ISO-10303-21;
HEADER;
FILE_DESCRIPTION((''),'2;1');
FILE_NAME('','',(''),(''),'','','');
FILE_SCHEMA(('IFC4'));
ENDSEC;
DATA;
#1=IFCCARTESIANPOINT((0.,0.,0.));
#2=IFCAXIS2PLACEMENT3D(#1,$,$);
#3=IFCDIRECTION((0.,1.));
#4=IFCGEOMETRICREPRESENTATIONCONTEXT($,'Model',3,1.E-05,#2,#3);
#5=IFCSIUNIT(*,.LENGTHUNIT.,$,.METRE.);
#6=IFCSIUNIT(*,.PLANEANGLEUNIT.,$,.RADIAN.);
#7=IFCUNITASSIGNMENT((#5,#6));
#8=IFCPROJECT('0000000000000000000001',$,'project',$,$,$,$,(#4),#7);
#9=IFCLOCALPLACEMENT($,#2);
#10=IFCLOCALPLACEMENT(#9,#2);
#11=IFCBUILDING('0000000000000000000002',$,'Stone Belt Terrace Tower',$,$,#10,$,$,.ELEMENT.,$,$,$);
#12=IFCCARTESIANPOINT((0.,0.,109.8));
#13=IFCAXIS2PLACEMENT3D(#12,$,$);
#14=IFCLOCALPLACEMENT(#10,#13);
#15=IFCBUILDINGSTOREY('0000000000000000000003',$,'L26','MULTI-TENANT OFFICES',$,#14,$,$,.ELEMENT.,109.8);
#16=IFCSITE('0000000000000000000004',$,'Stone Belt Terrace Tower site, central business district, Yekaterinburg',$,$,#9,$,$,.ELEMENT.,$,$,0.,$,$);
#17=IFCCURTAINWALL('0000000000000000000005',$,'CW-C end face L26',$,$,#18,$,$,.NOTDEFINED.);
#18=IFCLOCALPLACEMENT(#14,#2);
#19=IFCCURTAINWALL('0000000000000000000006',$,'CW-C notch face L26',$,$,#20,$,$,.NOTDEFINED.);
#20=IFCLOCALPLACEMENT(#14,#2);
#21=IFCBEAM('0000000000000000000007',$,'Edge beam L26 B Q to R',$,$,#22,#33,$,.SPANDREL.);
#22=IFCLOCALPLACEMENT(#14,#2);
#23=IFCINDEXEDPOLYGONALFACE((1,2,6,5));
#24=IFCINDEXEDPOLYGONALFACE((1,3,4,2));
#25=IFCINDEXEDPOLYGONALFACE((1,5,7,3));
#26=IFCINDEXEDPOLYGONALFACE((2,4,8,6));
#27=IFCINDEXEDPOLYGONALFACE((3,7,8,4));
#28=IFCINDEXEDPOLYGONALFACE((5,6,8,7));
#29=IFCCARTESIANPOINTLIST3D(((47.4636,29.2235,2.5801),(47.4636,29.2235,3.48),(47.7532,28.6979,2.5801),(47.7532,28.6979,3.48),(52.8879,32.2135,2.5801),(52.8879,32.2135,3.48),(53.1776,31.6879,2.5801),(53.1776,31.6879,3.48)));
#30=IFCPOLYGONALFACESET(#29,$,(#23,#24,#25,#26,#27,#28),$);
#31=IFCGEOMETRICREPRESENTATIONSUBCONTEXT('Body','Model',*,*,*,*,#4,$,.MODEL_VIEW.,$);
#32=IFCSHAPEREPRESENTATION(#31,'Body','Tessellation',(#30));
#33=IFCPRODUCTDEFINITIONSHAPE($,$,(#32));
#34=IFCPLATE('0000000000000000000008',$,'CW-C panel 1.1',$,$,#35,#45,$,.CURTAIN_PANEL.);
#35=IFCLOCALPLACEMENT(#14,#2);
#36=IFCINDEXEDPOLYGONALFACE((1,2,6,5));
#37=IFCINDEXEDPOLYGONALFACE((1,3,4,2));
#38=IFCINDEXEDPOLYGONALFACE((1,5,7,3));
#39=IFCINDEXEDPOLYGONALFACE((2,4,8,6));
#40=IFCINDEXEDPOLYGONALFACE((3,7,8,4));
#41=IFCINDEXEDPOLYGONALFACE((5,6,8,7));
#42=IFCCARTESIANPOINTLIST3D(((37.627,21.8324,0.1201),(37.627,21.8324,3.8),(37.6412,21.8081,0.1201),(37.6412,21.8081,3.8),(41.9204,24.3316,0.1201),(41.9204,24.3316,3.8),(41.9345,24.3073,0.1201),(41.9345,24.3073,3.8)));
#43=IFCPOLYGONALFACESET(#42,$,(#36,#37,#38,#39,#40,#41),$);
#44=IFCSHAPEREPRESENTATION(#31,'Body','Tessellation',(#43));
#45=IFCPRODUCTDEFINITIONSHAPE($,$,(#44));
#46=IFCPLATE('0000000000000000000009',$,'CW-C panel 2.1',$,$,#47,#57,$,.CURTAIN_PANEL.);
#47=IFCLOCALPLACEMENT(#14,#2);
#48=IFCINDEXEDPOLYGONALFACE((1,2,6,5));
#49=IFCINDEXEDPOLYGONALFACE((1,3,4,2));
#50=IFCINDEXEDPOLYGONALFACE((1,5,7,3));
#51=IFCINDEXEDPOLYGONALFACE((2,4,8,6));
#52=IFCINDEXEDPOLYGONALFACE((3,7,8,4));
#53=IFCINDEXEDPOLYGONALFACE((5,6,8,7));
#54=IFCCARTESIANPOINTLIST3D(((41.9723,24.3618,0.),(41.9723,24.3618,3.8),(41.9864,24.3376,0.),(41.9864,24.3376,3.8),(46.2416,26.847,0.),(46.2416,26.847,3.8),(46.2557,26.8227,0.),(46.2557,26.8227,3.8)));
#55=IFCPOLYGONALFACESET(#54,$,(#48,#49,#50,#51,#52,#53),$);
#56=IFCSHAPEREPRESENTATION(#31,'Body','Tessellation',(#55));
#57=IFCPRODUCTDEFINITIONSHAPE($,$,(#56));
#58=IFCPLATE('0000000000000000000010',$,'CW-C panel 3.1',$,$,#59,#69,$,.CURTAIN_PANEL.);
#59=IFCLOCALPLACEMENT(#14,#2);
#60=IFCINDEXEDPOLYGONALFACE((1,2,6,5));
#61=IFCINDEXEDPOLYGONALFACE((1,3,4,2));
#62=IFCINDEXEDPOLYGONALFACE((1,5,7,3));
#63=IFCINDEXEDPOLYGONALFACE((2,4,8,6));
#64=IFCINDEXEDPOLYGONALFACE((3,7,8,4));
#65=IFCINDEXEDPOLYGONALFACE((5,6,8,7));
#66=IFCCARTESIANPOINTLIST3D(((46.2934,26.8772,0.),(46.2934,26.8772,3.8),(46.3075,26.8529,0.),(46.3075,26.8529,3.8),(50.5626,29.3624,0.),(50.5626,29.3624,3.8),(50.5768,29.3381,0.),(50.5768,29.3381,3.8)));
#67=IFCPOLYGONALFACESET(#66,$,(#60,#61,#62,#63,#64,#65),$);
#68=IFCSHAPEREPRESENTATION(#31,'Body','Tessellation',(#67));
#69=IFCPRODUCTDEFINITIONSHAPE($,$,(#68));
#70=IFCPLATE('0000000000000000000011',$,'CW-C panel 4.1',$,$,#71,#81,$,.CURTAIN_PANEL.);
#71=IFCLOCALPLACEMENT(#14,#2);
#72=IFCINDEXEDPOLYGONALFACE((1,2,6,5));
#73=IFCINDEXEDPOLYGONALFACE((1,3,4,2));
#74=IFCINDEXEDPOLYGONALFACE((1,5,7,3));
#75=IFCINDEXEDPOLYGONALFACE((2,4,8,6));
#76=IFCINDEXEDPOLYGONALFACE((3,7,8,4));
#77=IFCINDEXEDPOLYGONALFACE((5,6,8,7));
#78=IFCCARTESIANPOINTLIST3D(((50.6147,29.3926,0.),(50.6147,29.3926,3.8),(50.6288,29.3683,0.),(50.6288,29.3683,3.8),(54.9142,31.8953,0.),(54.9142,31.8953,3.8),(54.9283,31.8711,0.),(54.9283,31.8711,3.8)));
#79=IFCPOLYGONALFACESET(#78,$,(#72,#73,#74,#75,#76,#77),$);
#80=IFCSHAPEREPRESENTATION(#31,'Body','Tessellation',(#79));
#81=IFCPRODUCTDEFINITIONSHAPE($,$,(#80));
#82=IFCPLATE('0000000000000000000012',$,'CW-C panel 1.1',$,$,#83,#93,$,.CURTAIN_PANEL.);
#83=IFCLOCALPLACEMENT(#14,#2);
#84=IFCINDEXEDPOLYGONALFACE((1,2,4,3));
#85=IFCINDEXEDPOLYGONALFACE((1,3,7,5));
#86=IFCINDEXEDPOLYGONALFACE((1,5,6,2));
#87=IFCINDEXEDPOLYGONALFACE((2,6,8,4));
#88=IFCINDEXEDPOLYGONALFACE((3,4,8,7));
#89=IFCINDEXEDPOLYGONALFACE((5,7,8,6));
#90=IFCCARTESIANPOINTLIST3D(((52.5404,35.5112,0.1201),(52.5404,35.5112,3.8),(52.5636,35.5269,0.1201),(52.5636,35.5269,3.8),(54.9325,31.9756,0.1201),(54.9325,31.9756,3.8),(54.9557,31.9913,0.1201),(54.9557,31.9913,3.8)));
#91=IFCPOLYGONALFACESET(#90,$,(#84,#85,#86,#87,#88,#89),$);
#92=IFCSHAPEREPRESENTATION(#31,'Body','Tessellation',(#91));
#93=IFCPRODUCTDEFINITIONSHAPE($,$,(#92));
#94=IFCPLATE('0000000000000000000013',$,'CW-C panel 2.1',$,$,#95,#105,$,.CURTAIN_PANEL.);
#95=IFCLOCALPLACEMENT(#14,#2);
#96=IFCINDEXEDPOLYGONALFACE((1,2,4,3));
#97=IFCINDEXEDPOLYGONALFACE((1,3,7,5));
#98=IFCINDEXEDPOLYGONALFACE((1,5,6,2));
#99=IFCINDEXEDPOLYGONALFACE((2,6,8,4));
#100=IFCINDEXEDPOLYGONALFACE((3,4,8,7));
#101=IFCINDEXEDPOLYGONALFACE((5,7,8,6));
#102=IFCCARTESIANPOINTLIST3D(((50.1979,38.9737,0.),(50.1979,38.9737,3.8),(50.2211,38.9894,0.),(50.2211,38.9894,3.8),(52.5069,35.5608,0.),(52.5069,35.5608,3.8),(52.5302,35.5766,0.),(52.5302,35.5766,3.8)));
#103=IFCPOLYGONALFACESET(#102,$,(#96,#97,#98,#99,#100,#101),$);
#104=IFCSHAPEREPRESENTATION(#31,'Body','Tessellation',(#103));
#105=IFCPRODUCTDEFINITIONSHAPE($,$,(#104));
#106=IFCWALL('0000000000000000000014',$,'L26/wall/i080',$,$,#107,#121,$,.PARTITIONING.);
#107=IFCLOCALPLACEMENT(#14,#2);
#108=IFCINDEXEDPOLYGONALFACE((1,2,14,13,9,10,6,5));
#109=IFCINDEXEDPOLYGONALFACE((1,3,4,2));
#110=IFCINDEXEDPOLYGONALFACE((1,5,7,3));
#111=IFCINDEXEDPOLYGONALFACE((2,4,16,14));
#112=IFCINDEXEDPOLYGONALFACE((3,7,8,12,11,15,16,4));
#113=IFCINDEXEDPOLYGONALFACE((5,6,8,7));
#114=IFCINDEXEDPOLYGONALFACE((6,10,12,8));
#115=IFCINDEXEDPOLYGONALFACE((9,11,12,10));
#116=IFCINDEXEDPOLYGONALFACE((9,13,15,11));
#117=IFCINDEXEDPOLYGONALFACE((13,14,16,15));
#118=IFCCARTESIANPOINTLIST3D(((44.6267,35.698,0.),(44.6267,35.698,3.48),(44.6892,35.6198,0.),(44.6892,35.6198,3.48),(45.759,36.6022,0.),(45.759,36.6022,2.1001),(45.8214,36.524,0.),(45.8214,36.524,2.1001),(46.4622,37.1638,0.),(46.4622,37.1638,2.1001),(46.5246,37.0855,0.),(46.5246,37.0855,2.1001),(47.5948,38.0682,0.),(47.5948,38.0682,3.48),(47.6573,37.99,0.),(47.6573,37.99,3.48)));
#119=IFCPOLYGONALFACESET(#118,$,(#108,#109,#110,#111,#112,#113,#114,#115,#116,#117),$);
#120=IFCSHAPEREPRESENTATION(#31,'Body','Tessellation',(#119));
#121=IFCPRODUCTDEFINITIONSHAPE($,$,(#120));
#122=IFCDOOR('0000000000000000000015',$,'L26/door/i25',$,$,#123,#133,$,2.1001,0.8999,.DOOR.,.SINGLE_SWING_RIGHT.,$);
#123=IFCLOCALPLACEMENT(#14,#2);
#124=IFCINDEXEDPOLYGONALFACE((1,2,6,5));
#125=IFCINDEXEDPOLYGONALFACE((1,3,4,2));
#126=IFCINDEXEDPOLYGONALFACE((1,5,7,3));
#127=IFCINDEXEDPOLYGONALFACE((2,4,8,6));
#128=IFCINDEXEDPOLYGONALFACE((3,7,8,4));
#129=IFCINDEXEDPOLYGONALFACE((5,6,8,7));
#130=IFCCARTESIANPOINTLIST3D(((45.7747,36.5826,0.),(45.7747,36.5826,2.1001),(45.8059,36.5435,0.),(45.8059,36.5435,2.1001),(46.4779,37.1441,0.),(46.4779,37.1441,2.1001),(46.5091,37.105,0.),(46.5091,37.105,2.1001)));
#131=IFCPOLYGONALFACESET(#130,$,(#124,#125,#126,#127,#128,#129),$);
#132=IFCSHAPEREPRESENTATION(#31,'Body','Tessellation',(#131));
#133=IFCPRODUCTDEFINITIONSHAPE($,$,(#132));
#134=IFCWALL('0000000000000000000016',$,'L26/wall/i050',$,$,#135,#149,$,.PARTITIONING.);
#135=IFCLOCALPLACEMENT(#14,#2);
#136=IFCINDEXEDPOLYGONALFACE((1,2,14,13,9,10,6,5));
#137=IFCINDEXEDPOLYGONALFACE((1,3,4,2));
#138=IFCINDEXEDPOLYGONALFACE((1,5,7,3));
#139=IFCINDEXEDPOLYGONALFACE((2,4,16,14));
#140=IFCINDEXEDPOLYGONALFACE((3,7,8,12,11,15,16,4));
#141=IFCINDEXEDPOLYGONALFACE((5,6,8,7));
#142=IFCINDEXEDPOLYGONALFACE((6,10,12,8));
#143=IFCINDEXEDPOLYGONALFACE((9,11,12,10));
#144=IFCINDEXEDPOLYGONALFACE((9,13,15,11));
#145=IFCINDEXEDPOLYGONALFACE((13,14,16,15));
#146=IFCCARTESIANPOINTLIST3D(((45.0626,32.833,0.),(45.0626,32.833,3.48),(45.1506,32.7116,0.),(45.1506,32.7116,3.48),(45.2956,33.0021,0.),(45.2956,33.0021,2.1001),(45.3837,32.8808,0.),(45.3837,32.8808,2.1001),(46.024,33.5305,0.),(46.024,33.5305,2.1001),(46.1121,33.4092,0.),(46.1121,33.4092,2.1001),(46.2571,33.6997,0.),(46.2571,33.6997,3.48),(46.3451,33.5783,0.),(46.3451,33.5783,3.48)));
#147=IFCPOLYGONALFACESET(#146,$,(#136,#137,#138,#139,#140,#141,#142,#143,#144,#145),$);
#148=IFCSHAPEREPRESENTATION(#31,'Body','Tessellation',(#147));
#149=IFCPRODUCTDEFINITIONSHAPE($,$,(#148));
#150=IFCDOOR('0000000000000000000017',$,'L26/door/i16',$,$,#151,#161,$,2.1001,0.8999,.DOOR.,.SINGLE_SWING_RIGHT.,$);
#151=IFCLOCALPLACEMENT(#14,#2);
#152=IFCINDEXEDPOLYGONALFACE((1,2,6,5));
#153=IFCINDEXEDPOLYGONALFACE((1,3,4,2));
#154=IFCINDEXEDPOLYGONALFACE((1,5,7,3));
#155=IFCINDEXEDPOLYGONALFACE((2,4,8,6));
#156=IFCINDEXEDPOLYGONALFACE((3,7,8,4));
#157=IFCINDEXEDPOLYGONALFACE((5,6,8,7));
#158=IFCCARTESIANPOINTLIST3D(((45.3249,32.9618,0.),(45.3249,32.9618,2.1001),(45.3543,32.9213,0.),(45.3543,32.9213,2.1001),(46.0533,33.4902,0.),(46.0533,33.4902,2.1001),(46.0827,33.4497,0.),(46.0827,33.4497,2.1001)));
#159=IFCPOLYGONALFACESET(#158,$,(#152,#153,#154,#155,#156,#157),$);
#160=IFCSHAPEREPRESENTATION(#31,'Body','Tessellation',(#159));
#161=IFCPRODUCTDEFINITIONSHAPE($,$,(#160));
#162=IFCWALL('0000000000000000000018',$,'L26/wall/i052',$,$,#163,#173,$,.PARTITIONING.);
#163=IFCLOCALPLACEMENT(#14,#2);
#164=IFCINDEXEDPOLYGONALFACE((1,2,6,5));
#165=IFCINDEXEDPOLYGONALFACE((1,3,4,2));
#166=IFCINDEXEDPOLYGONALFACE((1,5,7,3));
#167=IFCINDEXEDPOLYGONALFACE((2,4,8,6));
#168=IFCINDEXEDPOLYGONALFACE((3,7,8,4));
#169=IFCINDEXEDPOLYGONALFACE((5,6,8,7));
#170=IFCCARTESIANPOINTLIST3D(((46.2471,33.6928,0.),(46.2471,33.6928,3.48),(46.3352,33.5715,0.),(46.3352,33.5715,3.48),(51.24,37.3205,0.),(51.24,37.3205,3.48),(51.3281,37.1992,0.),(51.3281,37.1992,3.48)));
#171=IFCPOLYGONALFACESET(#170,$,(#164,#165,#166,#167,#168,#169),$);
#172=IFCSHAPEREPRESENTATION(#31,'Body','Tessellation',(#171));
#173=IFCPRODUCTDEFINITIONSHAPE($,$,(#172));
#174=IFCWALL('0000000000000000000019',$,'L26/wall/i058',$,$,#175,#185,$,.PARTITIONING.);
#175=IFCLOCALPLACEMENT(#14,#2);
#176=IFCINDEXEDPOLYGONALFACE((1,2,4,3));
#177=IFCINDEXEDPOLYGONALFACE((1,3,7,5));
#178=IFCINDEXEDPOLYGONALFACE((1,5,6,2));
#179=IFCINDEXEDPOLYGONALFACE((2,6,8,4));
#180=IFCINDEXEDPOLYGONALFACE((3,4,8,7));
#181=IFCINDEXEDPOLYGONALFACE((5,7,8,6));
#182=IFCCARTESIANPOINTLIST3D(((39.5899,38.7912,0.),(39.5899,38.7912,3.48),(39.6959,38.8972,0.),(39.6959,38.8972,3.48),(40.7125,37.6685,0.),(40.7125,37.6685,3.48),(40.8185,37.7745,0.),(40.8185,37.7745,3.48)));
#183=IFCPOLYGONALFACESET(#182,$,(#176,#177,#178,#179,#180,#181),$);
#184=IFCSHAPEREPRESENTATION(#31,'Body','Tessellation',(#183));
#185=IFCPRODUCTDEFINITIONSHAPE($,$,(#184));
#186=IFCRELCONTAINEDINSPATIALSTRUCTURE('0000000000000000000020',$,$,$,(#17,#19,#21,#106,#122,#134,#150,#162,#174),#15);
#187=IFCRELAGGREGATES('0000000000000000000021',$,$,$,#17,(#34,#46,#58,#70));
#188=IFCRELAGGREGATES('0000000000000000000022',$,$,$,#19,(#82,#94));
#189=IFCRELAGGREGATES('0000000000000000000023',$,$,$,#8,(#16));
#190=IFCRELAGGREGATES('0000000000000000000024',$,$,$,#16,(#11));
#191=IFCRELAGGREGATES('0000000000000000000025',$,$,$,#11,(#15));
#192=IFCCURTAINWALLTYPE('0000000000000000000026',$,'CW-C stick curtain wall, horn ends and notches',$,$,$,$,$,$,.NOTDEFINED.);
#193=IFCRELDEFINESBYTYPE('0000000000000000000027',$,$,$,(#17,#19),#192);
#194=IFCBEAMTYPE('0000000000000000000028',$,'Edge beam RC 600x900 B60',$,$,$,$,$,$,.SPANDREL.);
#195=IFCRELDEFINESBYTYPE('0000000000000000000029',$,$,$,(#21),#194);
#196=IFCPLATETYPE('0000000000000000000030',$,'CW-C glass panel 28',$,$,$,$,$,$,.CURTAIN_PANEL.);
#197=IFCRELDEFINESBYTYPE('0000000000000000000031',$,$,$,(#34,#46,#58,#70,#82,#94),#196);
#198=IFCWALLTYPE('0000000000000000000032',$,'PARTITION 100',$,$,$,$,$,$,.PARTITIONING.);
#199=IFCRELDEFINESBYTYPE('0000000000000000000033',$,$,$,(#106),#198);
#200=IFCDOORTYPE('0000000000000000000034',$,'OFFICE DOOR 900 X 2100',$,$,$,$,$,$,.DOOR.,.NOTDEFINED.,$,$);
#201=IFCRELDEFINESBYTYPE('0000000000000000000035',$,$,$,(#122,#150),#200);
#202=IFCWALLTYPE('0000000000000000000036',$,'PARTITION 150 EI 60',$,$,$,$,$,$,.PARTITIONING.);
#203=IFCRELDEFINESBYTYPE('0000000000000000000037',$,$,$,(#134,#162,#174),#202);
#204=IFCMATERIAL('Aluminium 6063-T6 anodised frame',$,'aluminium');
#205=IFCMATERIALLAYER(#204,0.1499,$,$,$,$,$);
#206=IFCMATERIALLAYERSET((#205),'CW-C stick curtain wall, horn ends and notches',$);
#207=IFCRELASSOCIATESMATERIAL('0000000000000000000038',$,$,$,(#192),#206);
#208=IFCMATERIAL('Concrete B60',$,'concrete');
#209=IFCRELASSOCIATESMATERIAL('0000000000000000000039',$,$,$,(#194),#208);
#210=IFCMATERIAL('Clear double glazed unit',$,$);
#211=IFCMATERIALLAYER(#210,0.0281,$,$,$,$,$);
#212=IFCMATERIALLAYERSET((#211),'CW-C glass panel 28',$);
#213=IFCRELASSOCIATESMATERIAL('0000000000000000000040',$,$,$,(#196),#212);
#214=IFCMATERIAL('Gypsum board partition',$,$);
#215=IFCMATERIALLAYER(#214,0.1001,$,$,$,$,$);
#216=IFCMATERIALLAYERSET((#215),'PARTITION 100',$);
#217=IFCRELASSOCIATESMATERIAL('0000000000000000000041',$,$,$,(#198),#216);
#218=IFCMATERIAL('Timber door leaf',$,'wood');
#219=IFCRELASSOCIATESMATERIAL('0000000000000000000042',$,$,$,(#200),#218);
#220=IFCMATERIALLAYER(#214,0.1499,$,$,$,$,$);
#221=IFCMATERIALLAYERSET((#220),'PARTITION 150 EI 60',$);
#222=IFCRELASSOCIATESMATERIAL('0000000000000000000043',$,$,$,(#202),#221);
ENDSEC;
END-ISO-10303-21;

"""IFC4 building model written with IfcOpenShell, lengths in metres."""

from ifc_helpers import new_model, si_unit, direction, frame, frame_2d, origin, origin_2d, place, context, subcontext, project, spatial, rectangle, extrude, material, layer, layer_set, material_profile, profile_set, type_object, element, fill, aggregate, save


model = new_model("IFC4")

# Units and contexts
model_context = context("Model", 3, precision=1e-05, world=origin(), true_north=direction((0.0, 1.0)))
body_context = subcontext(model_context, "Body", "Model", "MODEL_VIEW")
ifc_project = project(units=[si_unit("LENGTHUNIT", "METRE"), si_unit("PLANEANGLEUNIT", "RADIAN")], contexts=[model_context])

# Site, building, storey
site_placement = place(None, origin())
site = spatial("IfcSite", under=ifc_project, at=site_placement, Name="Stone Belt Terrace Tower site, central business district, Yekaterinburg", CompositionType="ELEMENT", RefElevation=0.0)
building_placement = place(site_placement, origin())
building = spatial("IfcBuilding", under=site, at=building_placement, Name="Stone Belt Terrace Tower", CompositionType="ELEMENT")
storey_placement = place(building_placement, frame((0.0, 0.0, 109.8)))
storey = spatial("IfcBuildingStorey", under=building, at=storey_placement, Name="L26", Description="MULTI-TENANT OFFICES", CompositionType="ELEMENT", Elevation=109.8)

# Curtain walls
ifc_material_1 = material(Name="Aluminium 6063-T6 anodised frame", Category="aluminium")
ifc_layer_1 = layer(ifc_material_1, 0.1499)
ifc_layer_set_1 = layer_set([ifc_layer_1], Name="CW-C stick curtain wall, horn ends and notches")
curtain_wall_type = type_object("IfcCurtainWallType", Name="CW-C stick curtain wall, horn ends and notches", PredefinedType="NOTDEFINED", material=ifc_layer_set_1)
curtain_wall_1_placement = place(storey_placement, origin())
curtain_wall_1 = element("IfcCurtainWall", 1, at=curtain_wall_1_placement, inside=storey, type_object=curtain_wall_type, Name="CW-C end face L26", PredefinedType="NOTDEFINED")
curtain_wall_2_placement = place(storey_placement, origin())
curtain_wall_2 = element("IfcCurtainWall", 2, at=curtain_wall_2_placement, inside=storey, type_object=curtain_wall_type, Name="CW-C notch face L26", PredefinedType="NOTDEFINED")

# Beam
ifc_material_2 = material(Name="Concrete B60", Category="concrete")
ifc_material_profile_1 = material_profile(ifc_material_2, rectangle(XDim=0.6001, YDim=0.8999, at=origin_2d()), Name="RC 600x900")
ifc_profile_set_1 = profile_set([ifc_material_profile_1], Name="Concrete B60")
beam_type = type_object("IfcBeamType", Name="Edge beam RC 600x900 B60", PredefinedType="SPANDREL", material=ifc_profile_set_1)
beam_1_placement = place(storey_placement, frame((47.6084, 28.9607, 3.03), z_axis=(0.875764, 0.482739, 0.0), x_axis=(-0.482739, 0.875764, 0.0)))
element("IfcBeam", 3, at=beam_1_placement, inside=storey, type_object=beam_type, Name="Edge beam L26 B Q to R", PredefinedType="SPANDREL", context=body_context, shape_type="SweptSolid", body=[
    extrude(rectangle(XDim=0.6001, YDim=0.8999, at=origin_2d()), origin(), (0.0, 0.0, 1.0), 6.1938),
])

# Plates
ifc_material_3 = material(Name="Clear double glazed unit")
ifc_layer_2 = layer(ifc_material_3, 0.0281)
ifc_layer_set_2 = layer_set([ifc_layer_2], Name="CW-C glass panel 28")
plate_type = type_object("IfcPlateType", Name="CW-C glass panel 28", PredefinedType="CURTAIN_PANEL", material=ifc_layer_set_2)
plate_1_placement = place(storey_placement, frame((39.7808, 23.0698, 0.1201), z_axis=(0.0, 0.0, 1.0), x_axis=(0.864239, 0.503081, 0.0)))
plate_1 = element("IfcPlate", 4, at=plate_1_placement, type_object=plate_type, Name="CW-C panel 1.1", PredefinedType="CURTAIN_PANEL", context=body_context, shape_type="SweptSolid", body=[
    extrude(rectangle(XDim=4.9678, YDim=0.0281, at=origin_2d()), origin(), (0.0, 0.0, 1.0), 3.6799),
])
plate_2_placement = place(storey_placement, frame((44.114, 25.5923, 0.0), z_axis=(0.0, 0.0, 1.0), x_axis=(0.864239, 0.503081, 0.0)))
plate_2 = element("IfcPlate", 5, at=plate_2_placement, type_object=plate_type, Name="CW-C panel 2.1", PredefinedType="CURTAIN_PANEL", context=body_context, shape_type="SweptSolid", body=[
    extrude(rectangle(XDim=4.9399, YDim=0.0281, at=origin_2d()), origin(), (0.0, 0.0, 1.0), 3.8),
])
plate_3_placement = place(storey_placement, frame((48.4351, 28.1077, 0.0), z_axis=(0.0, 0.0, 1.0), x_axis=(0.864239, 0.503081, 0.0)))
plate_3 = element("IfcPlate", 6, at=plate_3_placement, type_object=plate_type, Name="CW-C panel 3.1", PredefinedType="CURTAIN_PANEL", context=body_context, shape_type="SweptSolid", body=[
    extrude(rectangle(XDim=4.9399, YDim=0.0281, at=origin_2d()), origin(), (0.0, 0.0, 1.0), 3.8),
])
plate_4_placement = place(storey_placement, frame((52.7715, 30.6318, 0.0), z_axis=(0.0, 0.0, 1.0), x_axis=(0.864239, 0.503081, 0.0)))
plate_4 = element("IfcPlate", 7, at=plate_4_placement, type_object=plate_type, Name="CW-C panel 4.1", PredefinedType="CURTAIN_PANEL", context=body_context, shape_type="SweptSolid", body=[
    extrude(rectangle(XDim=4.9749, YDim=0.0281, at=origin_2d()), origin(), (0.0, 0.0, 1.0), 3.8),
])
aggregate(curtain_wall_1, [plate_1, plate_2, plate_3, plate_4])
plate_5_placement = place(storey_placement, frame((53.748, 33.7512, 0.1201), z_axis=(0.0, 0.0, 1.0), x_axis=(-0.560367, 0.828244, 0.0)))
plate_5 = element("IfcPlate", 8, at=plate_5_placement, type_object=plate_type, Name="CW-C panel 1.1", PredefinedType="CURTAIN_PANEL", context=body_context, shape_type="SweptSolid", body=[
    extrude(rectangle(XDim=4.2688, YDim=0.0281, at=origin_2d()), origin(), (0.0, 0.0, 1.0), 3.6799),
])
plate_6_placement = place(storey_placement, frame((51.364, 37.2751, 0.0), z_axis=(0.0, 0.0, 1.0), x_axis=(-0.560367, 0.828244, 0.0)))
plate_6 = element("IfcPlate", 9, at=plate_6_placement, type_object=plate_type, Name="CW-C panel 2.1", PredefinedType="CURTAIN_PANEL", context=body_context, shape_type="SweptSolid", body=[
    extrude(rectangle(XDim=4.1206, YDim=0.0281, at=origin_2d()), origin(), (0.0, 0.0, 1.0), 3.8),
])
aggregate(curtain_wall_2, [plate_5, plate_6])

# Walls, openings, doors
ifc_material_4 = material(Name="Gypsum board partition")
ifc_layer_3 = layer(ifc_material_4, 0.1001)
ifc_layer_set_3 = layer_set([ifc_layer_3], Name="PARTITION 100")
wall_type_1 = type_object("IfcWallType", Name="PARTITION 100", PredefinedType="PARTITIONING", material=ifc_layer_set_3)
wall_1_placement = place(storey_placement, frame((44.658, 35.6589, 0.0), z_axis=(0.0, 0.0, 1.0), x_axis=(0.78142, 0.624005, 0.0)))
wall_1 = element("IfcWall", 10, at=wall_1_placement, inside=storey, type_object=wall_type_1, Name="L26/wall/i080", PredefinedType="PARTITIONING", context=body_context, shape_type="SweptSolid", body=[
    extrude(rectangle(XDim=3.7983, YDim=0.1001, at=frame_2d((1.8992, 0.0))), origin(), (0.0, 0.0, 1.0), 3.48),
])
opening_1_placement = place(wall_1_placement, frame((1.449, 0.0, 0.0)))
opening_1 = element("IfcOpeningElement", 11, at=opening_1_placement, cuts=wall_1, PredefinedType="OPENING", context=body_context, shape_type="SweptSolid", body=[
    extrude(rectangle(XDim=0.8999, YDim=2.1001, at=frame_2d((0.45, 1.05))), frame((0.0, 0.0601, 0.0), z_axis=(0.0, -1.0, 0.0), x_axis=(1.0, 0.0, 0.0)), (0.0, 0.0, 1.0), 0.1201),
])
ifc_material_5 = material(Name="Timber door leaf", Category="wood")
door_type_1 = type_object("IfcDoorType", Name="OFFICE DOOR 900 X 2100", OperationType="NOTDEFINED", PredefinedType="DOOR", material=ifc_material_5)
door_1_placement = place(opening_1_placement, origin())
door_1 = element("IfcDoor", 12, at=door_1_placement, inside=storey, type_object=door_type_1, Name="L26/door/i25", OperationType="SINGLE_SWING_RIGHT", OverallHeight=2.1001, OverallWidth=0.8999, PredefinedType="DOOR", context=body_context, shape_type="SweptSolid", body=[
    extrude(rectangle(XDim=0.8999, YDim=2.1001, at=frame_2d((0.45, 1.05))), frame((0.0, 0.0249, 0.0), z_axis=(0.0, -1.0, 0.0), x_axis=(1.0, 0.0, 0.0)), (0.0, 0.0, 1.0), 0.05),
])
fill(opening_1, door_1)
ifc_layer_4 = layer(ifc_material_4, 0.1499)
ifc_layer_set_4 = layer_set([ifc_layer_4], Name="PARTITION 150 EI 60")
wall_type_2 = type_object("IfcWallType", Name="PARTITION 150 EI 60", PredefinedType="PARTITIONING", material=ifc_layer_set_4)
wall_2_placement = place(storey_placement, frame((46.301, 33.6389, 0.0), z_axis=(0.0, 0.0, 1.0), x_axis=(-0.809408, -0.587247, 0.0)))
wall_2 = element("IfcWall", 13, at=wall_2_placement, inside=storey, type_object=wall_type_2, Name="L26/wall/i050", PredefinedType="PARTITIONING", context=body_context, shape_type="SweptSolid", body=[
    extrude(rectangle(XDim=1.4758, YDim=0.1499, at=frame_2d((0.7378, 0.0))), origin(), (0.0, 0.0, 1.0), 3.48),
])
opening_2_placement = place(wall_2_placement, frame((0.2878, 0.0, 0.0)))
opening_2 = element("IfcOpeningElement", 14, at=opening_2_placement, cuts=wall_2, PredefinedType="OPENING", context=body_context, shape_type="SweptSolid", body=[
    extrude(rectangle(XDim=0.8999, YDim=2.1001, at=frame_2d((0.45, 1.05))), frame((0.0, 0.085, 0.0), z_axis=(0.0, -1.0, 0.0), x_axis=(1.0, 0.0, 0.0)), (0.0, 0.0, 1.0), 0.1699),
])
door_2_placement = place(opening_2_placement, origin())
door_2 = element("IfcDoor", 15, at=door_2_placement, inside=storey, type_object=door_type_1, Name="L26/door/i16", OperationType="SINGLE_SWING_RIGHT", OverallHeight=2.1001, OverallWidth=0.8999, PredefinedType="DOOR", context=body_context, shape_type="SweptSolid", body=[
    extrude(rectangle(XDim=0.8999, YDim=2.1001, at=frame_2d((0.45, 1.05))), frame((0.0, 0.0249, 0.0), z_axis=(0.0, -1.0, 0.0), x_axis=(1.0, 0.0, 0.0)), (0.0, 0.0, 1.0), 0.05),
])
fill(opening_2, door_2)

# Walls
wall_3_placement = place(storey_placement, frame((46.291, 33.6321, 0.0), z_axis=(0.0, 0.0, 1.0), x_axis=(0.809008, 0.587798, 0.0)))
element("IfcWall", 16, at=wall_3_placement, inside=storey, type_object=wall_type_2, Name="L26/wall/i052", PredefinedType="PARTITIONING", context=body_context, shape_type="SweptSolid", body=[
    extrude(rectangle(XDim=6.1716, YDim=0.1499, at=frame_2d((3.0859, 0.0))), origin(), (0.0, 0.0, 1.0), 3.48),
])
wall_4_placement = place(storey_placement, frame((40.7656, 37.7214, 0.0), z_axis=(0.0, 0.0, 1.0), x_axis=(-0.707107, 0.707107, 0.0)))
element("IfcWall", 17, at=wall_4_placement, inside=storey, type_object=wall_type_2, Name="L26/wall/i058", PredefinedType="PARTITIONING", context=body_context, shape_type="SweptSolid", body=[
    extrude(rectangle(XDim=1.5876, YDim=0.1499, at=frame_2d((0.7939, 0.0))), origin(), (0.0, 0.0, 1.0), 3.48),
])

save(model, "model.ifc")
